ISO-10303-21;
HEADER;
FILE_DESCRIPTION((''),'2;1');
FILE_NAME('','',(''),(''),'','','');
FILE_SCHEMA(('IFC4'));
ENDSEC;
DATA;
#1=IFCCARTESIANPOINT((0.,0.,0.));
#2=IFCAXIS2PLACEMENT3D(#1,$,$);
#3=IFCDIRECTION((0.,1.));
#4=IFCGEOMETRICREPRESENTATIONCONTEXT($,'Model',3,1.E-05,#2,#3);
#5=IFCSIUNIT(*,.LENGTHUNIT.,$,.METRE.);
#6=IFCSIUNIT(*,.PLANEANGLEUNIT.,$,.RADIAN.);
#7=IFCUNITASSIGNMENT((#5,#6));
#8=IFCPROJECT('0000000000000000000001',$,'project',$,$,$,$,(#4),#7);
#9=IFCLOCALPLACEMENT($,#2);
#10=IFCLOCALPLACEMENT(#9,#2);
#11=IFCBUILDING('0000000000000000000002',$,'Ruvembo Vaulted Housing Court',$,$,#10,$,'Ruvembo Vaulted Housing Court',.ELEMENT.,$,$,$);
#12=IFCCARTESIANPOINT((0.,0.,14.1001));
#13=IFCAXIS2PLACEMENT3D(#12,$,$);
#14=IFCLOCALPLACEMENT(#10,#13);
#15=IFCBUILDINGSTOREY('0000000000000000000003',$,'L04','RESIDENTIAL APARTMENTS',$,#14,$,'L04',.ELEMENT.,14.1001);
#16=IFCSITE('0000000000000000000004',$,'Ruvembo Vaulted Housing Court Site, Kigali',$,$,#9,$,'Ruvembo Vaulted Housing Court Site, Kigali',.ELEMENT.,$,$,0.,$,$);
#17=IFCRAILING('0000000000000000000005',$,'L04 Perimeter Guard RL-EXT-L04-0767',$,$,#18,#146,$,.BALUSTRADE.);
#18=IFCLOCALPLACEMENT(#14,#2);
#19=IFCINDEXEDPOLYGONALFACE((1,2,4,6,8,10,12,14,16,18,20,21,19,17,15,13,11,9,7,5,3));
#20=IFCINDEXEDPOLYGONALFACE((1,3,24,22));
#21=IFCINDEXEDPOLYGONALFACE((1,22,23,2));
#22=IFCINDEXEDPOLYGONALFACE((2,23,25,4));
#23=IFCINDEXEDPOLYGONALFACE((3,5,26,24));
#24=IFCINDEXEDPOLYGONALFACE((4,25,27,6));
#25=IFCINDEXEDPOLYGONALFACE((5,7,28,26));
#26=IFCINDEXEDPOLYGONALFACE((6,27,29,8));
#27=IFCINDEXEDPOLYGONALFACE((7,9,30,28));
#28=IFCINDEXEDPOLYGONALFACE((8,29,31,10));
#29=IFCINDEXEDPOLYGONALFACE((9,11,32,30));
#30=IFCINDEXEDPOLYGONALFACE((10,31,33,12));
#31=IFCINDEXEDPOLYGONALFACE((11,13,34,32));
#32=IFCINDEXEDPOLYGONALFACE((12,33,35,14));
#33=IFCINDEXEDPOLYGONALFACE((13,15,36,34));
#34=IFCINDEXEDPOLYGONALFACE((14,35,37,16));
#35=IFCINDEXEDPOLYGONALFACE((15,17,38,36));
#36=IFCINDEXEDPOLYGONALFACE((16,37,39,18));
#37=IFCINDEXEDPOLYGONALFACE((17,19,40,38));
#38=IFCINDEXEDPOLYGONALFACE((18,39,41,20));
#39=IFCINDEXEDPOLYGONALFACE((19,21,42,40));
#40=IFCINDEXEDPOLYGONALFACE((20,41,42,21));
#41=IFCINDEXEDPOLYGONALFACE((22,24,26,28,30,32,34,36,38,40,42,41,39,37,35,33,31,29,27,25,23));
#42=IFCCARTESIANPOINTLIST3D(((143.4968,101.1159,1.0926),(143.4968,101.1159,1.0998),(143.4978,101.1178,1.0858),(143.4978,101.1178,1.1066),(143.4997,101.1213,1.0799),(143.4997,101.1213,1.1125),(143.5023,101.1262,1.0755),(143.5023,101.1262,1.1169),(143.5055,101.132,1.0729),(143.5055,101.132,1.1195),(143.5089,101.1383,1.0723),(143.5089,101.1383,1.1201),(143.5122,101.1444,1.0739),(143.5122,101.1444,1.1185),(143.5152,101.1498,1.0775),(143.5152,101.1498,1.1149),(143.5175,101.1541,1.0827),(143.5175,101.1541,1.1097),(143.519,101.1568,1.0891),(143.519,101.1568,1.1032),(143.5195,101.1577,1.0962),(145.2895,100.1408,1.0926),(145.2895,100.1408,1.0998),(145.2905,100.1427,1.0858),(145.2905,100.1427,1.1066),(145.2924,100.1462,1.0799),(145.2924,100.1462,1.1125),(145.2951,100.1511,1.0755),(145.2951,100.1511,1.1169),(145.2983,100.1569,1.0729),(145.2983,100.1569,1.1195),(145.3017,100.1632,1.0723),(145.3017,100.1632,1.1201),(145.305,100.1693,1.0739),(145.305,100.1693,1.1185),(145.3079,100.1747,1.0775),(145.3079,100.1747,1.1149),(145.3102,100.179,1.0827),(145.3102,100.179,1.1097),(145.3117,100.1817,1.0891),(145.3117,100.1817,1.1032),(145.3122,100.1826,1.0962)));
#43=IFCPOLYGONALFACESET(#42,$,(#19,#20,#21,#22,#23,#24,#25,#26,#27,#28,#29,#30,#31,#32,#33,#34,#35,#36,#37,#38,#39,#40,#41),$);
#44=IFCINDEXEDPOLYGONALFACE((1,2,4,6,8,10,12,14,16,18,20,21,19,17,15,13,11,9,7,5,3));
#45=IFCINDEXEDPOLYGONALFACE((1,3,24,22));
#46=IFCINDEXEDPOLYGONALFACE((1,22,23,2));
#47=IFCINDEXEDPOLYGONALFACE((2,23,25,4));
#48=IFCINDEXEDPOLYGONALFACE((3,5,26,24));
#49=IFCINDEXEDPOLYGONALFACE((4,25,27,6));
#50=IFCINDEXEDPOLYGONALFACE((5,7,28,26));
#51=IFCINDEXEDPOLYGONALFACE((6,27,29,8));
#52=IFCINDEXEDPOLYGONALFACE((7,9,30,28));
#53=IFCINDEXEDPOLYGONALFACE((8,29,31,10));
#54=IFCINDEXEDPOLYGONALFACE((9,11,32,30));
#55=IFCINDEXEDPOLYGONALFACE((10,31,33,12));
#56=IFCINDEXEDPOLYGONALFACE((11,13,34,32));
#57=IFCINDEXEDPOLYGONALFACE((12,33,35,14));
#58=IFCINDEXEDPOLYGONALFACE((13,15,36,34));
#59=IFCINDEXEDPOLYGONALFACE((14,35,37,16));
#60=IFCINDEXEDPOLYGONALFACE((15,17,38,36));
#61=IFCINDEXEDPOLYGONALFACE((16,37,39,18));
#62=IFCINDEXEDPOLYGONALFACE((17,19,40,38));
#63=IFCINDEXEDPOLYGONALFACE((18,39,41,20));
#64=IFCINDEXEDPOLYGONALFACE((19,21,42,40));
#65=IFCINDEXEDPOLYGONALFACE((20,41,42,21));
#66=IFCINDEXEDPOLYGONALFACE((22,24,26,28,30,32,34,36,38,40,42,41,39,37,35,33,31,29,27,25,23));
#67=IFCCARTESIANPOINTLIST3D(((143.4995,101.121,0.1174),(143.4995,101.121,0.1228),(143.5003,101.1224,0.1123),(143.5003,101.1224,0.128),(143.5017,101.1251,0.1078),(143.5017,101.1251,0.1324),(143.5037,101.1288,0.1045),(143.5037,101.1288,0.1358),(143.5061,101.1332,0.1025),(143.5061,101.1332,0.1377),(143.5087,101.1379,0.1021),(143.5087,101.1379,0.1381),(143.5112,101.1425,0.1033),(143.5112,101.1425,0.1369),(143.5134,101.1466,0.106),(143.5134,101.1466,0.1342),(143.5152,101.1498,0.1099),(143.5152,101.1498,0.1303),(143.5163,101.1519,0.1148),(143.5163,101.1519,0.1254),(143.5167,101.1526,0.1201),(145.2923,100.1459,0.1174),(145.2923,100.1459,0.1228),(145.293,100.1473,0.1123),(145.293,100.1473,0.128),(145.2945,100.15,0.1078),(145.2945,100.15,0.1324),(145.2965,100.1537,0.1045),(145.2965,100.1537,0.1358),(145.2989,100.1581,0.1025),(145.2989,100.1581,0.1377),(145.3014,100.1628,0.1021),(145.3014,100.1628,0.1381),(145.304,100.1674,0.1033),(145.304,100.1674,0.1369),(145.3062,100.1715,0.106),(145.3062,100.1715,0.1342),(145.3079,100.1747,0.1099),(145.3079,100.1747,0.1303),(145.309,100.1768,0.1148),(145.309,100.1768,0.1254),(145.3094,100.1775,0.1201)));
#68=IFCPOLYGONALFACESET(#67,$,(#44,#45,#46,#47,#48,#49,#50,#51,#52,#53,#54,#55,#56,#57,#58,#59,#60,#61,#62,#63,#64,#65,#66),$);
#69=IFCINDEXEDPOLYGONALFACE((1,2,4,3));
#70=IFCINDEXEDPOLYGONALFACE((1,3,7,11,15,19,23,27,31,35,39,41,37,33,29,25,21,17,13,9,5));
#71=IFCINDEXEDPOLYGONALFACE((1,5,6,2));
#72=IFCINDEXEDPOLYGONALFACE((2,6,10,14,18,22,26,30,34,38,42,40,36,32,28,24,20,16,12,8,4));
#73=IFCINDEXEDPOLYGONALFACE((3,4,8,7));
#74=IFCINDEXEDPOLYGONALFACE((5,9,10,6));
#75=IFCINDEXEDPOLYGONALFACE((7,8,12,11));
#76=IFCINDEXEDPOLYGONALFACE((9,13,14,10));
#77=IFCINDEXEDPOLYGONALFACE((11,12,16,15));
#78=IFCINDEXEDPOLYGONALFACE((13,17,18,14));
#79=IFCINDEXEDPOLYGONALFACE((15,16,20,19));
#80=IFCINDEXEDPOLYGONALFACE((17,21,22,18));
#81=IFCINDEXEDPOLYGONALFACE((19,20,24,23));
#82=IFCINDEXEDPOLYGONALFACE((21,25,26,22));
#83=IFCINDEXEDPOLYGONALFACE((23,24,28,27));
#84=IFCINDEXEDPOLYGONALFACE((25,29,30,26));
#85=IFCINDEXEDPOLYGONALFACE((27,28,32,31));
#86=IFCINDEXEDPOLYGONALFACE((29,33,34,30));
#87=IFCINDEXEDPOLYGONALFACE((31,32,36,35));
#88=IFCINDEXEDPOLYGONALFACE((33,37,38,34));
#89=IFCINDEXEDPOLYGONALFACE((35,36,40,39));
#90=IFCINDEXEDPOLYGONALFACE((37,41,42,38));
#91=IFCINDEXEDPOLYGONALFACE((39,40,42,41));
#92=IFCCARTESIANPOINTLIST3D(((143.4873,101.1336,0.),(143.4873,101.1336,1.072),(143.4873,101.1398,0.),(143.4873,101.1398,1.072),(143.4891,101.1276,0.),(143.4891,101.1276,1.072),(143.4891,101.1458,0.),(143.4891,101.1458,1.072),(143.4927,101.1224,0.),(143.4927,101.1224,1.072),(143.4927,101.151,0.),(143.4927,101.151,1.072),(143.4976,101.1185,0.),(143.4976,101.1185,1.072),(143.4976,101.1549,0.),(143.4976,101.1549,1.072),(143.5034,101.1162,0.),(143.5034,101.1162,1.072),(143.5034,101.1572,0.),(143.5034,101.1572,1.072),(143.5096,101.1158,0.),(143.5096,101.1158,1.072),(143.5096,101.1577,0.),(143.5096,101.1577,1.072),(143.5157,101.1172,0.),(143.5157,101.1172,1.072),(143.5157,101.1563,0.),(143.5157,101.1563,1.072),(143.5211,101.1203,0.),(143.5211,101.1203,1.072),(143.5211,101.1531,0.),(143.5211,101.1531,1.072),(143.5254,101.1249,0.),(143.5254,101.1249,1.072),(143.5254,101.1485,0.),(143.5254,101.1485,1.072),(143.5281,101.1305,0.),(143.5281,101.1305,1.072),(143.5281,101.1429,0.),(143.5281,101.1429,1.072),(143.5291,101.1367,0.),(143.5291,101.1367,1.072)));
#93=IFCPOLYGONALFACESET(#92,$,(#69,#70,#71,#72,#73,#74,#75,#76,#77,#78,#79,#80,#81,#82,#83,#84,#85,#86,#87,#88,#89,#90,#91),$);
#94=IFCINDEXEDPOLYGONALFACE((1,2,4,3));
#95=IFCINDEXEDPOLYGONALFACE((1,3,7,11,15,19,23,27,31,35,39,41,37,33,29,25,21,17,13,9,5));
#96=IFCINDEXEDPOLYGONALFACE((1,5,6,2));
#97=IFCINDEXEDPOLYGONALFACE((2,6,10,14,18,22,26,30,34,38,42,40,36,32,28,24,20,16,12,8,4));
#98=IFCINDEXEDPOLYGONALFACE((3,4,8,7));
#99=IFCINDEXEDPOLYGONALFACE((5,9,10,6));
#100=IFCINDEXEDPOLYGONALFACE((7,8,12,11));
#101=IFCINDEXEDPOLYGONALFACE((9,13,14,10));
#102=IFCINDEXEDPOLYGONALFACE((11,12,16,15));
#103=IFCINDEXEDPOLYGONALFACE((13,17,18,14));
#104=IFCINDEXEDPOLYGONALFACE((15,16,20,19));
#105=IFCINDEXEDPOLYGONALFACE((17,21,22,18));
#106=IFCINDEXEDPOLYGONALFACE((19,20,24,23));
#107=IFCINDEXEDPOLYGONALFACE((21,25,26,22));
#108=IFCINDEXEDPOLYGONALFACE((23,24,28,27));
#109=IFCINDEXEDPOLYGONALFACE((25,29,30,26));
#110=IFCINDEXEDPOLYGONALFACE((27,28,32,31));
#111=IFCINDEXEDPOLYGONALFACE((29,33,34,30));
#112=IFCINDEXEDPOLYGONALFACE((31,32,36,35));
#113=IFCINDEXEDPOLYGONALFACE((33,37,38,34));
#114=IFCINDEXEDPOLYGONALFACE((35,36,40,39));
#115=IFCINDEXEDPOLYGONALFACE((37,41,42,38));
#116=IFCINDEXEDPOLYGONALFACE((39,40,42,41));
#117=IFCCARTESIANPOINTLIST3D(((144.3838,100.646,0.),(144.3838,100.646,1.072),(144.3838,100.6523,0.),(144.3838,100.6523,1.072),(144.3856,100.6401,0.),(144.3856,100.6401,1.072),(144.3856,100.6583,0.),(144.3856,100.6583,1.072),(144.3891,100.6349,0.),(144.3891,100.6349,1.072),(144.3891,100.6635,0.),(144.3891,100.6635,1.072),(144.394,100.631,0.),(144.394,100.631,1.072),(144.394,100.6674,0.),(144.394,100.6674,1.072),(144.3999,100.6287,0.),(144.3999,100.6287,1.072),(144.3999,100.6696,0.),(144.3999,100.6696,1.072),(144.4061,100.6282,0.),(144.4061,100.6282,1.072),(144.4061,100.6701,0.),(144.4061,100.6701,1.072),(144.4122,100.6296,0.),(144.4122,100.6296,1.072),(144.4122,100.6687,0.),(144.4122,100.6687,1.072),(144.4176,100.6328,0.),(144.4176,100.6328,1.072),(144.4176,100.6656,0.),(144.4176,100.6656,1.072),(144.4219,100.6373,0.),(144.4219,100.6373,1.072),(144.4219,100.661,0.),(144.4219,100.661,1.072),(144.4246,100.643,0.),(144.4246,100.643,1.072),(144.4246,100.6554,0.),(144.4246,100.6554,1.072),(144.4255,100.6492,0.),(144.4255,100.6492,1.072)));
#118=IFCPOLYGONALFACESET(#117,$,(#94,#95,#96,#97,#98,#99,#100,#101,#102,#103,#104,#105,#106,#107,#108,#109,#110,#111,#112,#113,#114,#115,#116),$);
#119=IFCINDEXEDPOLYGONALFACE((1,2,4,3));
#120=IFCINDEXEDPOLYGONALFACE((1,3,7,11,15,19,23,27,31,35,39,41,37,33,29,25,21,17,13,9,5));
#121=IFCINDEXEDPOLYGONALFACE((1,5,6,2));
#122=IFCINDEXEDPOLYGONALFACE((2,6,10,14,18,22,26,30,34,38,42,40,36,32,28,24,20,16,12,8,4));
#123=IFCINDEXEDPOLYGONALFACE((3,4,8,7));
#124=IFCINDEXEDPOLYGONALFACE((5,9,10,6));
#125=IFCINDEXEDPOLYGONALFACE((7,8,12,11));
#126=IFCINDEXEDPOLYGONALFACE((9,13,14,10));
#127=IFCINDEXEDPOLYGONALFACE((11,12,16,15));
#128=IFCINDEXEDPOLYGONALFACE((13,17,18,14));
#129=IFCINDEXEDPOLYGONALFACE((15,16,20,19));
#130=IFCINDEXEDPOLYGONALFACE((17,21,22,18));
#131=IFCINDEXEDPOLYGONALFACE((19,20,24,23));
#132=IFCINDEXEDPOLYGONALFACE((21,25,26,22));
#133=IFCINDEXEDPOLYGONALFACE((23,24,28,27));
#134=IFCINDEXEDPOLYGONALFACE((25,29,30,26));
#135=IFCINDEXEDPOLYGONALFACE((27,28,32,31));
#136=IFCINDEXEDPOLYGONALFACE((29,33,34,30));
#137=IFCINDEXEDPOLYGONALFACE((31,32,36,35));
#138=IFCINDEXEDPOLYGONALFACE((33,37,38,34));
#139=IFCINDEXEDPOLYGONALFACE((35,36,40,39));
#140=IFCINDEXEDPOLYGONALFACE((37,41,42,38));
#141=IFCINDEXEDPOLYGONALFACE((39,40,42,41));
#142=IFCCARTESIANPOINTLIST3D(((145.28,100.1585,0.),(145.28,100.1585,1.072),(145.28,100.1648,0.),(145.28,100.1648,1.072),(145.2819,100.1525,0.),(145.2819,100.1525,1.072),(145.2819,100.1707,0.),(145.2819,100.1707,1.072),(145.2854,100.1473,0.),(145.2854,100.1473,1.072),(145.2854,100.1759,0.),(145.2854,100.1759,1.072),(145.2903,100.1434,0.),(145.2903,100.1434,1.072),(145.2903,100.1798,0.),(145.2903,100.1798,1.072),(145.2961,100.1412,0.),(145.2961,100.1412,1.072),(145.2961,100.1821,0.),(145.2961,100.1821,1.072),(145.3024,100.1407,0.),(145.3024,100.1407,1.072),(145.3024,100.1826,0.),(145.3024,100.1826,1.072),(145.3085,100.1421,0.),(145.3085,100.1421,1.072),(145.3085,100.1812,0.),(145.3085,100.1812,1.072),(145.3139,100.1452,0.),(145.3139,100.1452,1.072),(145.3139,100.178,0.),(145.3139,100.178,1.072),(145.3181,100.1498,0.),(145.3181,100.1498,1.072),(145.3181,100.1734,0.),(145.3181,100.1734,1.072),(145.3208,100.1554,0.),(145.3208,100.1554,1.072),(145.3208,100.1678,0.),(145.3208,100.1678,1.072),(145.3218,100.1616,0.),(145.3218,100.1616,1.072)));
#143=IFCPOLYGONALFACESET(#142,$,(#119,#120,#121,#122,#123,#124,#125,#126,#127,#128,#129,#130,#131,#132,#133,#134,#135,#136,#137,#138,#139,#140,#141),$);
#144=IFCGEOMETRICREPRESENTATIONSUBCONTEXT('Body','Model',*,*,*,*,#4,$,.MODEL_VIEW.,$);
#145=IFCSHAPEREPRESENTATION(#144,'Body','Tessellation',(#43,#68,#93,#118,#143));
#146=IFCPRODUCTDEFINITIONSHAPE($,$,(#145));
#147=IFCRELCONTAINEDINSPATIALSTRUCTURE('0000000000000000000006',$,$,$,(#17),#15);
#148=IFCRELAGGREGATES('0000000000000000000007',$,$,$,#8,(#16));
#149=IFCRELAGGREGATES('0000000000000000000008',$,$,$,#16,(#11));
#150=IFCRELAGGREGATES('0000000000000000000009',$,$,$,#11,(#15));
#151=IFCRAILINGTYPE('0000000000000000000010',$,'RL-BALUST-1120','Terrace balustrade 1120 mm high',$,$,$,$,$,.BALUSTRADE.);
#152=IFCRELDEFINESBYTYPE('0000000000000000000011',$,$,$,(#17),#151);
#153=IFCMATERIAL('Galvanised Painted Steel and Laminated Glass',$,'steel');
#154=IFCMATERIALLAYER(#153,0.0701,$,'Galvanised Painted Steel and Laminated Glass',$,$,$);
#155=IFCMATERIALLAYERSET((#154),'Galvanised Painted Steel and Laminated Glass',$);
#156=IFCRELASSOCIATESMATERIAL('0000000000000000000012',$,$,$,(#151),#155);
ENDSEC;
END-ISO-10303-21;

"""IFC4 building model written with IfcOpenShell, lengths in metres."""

from ifc_helpers import new_model, si_unit, direction, frame, origin, origin_2d, place, context, subcontext, project, spatial, circle, extrude, material, layer, layer_set, type_object, element, save


model = new_model("IFC4")

# Units and contexts
model_context = context("Model", 3, precision=1e-05, world=origin(), true_north=direction((0.0, 1.0)))
body_context = subcontext(model_context, "Body", "Model", "MODEL_VIEW")
ifc_project = project(units=[si_unit("LENGTHUNIT", "METRE"), si_unit("PLANEANGLEUNIT", "RADIAN")], contexts=[model_context])

# Site, building, storey
site_placement = place(None, origin())
site = spatial("IfcSite", under=ifc_project, at=site_placement, Name="Ruvembo Vaulted Housing Court Site, Kigali", LongName="Ruvembo Vaulted Housing Court Site, Kigali", CompositionType="ELEMENT", RefElevation=0.0)
building_placement = place(site_placement, origin())
building = spatial("IfcBuilding", under=site, at=building_placement, Name="Ruvembo Vaulted Housing Court", LongName="Ruvembo Vaulted Housing Court", CompositionType="ELEMENT")
storey_placement = place(building_placement, frame((0.0, 0.0, 14.1001)))
storey = spatial("IfcBuildingStorey", under=building, at=storey_placement, Name="L04", Description="RESIDENTIAL APARTMENTS", LongName="L04", CompositionType="ELEMENT", Elevation=14.1001)

# Railing
ifc_material_1 = material(Name="Galvanised Painted Steel and Laminated Glass", Category="steel")
ifc_layer_1 = layer(ifc_material_1, 0.0701, Name="Galvanised Painted Steel and Laminated Glass")
ifc_layer_set_1 = layer_set([ifc_layer_1], Name="Galvanised Painted Steel and Laminated Glass")
railing_type = type_object("IfcRailingType", Name="RL-BALUST-1120", Description="Terrace balustrade 1120 mm high", PredefinedType="BALUSTRADE", material=ifc_layer_set_1)
railing_1_placement = place(storey_placement, frame((143.5081, 101.1367, 0.0)))
element("IfcRailing", 1, at=railing_1_placement, inside=storey, type_object=railing_type, Name="L04 Perimeter Guard RL-EXT-L04-0767", PredefinedType="BALUSTRADE", context=body_context, shape_type="SweptSolid", body=[
    extrude(circle(Radius=0.0239, at=origin_2d()), frame((0.0, 0.0, 1.0962), z_axis=(0.878462, -0.477812, 0.0), x_axis=(0.477812, 0.878462, 0.0)), (0.0, 0.0, 1.0), 2.0408),
    extrude(circle(Radius=0.0181, at=origin_2d()), frame((0.0, 0.0, 0.1201), z_axis=(0.878462, -0.477812, 0.0), x_axis=(0.477812, 0.878462, 0.0)), (0.0, 0.0, 1.0), 2.0408),
    extrude(circle(Radius=0.021, at=origin_2d()), origin(), (0.0, 0.0, 1.0), 1.072),
    extrude(circle(Radius=0.021, at=origin_2d()), frame((0.8965, -0.4875, 0.0)), (0.0, 0.0, 1.0), 1.072),
    extrude(circle(Radius=0.021, at=origin_2d()), frame((1.7927, -0.9751, 0.0)), (0.0, 0.0, 1.0), 1.072),
])

save(model, "model.ifc")
